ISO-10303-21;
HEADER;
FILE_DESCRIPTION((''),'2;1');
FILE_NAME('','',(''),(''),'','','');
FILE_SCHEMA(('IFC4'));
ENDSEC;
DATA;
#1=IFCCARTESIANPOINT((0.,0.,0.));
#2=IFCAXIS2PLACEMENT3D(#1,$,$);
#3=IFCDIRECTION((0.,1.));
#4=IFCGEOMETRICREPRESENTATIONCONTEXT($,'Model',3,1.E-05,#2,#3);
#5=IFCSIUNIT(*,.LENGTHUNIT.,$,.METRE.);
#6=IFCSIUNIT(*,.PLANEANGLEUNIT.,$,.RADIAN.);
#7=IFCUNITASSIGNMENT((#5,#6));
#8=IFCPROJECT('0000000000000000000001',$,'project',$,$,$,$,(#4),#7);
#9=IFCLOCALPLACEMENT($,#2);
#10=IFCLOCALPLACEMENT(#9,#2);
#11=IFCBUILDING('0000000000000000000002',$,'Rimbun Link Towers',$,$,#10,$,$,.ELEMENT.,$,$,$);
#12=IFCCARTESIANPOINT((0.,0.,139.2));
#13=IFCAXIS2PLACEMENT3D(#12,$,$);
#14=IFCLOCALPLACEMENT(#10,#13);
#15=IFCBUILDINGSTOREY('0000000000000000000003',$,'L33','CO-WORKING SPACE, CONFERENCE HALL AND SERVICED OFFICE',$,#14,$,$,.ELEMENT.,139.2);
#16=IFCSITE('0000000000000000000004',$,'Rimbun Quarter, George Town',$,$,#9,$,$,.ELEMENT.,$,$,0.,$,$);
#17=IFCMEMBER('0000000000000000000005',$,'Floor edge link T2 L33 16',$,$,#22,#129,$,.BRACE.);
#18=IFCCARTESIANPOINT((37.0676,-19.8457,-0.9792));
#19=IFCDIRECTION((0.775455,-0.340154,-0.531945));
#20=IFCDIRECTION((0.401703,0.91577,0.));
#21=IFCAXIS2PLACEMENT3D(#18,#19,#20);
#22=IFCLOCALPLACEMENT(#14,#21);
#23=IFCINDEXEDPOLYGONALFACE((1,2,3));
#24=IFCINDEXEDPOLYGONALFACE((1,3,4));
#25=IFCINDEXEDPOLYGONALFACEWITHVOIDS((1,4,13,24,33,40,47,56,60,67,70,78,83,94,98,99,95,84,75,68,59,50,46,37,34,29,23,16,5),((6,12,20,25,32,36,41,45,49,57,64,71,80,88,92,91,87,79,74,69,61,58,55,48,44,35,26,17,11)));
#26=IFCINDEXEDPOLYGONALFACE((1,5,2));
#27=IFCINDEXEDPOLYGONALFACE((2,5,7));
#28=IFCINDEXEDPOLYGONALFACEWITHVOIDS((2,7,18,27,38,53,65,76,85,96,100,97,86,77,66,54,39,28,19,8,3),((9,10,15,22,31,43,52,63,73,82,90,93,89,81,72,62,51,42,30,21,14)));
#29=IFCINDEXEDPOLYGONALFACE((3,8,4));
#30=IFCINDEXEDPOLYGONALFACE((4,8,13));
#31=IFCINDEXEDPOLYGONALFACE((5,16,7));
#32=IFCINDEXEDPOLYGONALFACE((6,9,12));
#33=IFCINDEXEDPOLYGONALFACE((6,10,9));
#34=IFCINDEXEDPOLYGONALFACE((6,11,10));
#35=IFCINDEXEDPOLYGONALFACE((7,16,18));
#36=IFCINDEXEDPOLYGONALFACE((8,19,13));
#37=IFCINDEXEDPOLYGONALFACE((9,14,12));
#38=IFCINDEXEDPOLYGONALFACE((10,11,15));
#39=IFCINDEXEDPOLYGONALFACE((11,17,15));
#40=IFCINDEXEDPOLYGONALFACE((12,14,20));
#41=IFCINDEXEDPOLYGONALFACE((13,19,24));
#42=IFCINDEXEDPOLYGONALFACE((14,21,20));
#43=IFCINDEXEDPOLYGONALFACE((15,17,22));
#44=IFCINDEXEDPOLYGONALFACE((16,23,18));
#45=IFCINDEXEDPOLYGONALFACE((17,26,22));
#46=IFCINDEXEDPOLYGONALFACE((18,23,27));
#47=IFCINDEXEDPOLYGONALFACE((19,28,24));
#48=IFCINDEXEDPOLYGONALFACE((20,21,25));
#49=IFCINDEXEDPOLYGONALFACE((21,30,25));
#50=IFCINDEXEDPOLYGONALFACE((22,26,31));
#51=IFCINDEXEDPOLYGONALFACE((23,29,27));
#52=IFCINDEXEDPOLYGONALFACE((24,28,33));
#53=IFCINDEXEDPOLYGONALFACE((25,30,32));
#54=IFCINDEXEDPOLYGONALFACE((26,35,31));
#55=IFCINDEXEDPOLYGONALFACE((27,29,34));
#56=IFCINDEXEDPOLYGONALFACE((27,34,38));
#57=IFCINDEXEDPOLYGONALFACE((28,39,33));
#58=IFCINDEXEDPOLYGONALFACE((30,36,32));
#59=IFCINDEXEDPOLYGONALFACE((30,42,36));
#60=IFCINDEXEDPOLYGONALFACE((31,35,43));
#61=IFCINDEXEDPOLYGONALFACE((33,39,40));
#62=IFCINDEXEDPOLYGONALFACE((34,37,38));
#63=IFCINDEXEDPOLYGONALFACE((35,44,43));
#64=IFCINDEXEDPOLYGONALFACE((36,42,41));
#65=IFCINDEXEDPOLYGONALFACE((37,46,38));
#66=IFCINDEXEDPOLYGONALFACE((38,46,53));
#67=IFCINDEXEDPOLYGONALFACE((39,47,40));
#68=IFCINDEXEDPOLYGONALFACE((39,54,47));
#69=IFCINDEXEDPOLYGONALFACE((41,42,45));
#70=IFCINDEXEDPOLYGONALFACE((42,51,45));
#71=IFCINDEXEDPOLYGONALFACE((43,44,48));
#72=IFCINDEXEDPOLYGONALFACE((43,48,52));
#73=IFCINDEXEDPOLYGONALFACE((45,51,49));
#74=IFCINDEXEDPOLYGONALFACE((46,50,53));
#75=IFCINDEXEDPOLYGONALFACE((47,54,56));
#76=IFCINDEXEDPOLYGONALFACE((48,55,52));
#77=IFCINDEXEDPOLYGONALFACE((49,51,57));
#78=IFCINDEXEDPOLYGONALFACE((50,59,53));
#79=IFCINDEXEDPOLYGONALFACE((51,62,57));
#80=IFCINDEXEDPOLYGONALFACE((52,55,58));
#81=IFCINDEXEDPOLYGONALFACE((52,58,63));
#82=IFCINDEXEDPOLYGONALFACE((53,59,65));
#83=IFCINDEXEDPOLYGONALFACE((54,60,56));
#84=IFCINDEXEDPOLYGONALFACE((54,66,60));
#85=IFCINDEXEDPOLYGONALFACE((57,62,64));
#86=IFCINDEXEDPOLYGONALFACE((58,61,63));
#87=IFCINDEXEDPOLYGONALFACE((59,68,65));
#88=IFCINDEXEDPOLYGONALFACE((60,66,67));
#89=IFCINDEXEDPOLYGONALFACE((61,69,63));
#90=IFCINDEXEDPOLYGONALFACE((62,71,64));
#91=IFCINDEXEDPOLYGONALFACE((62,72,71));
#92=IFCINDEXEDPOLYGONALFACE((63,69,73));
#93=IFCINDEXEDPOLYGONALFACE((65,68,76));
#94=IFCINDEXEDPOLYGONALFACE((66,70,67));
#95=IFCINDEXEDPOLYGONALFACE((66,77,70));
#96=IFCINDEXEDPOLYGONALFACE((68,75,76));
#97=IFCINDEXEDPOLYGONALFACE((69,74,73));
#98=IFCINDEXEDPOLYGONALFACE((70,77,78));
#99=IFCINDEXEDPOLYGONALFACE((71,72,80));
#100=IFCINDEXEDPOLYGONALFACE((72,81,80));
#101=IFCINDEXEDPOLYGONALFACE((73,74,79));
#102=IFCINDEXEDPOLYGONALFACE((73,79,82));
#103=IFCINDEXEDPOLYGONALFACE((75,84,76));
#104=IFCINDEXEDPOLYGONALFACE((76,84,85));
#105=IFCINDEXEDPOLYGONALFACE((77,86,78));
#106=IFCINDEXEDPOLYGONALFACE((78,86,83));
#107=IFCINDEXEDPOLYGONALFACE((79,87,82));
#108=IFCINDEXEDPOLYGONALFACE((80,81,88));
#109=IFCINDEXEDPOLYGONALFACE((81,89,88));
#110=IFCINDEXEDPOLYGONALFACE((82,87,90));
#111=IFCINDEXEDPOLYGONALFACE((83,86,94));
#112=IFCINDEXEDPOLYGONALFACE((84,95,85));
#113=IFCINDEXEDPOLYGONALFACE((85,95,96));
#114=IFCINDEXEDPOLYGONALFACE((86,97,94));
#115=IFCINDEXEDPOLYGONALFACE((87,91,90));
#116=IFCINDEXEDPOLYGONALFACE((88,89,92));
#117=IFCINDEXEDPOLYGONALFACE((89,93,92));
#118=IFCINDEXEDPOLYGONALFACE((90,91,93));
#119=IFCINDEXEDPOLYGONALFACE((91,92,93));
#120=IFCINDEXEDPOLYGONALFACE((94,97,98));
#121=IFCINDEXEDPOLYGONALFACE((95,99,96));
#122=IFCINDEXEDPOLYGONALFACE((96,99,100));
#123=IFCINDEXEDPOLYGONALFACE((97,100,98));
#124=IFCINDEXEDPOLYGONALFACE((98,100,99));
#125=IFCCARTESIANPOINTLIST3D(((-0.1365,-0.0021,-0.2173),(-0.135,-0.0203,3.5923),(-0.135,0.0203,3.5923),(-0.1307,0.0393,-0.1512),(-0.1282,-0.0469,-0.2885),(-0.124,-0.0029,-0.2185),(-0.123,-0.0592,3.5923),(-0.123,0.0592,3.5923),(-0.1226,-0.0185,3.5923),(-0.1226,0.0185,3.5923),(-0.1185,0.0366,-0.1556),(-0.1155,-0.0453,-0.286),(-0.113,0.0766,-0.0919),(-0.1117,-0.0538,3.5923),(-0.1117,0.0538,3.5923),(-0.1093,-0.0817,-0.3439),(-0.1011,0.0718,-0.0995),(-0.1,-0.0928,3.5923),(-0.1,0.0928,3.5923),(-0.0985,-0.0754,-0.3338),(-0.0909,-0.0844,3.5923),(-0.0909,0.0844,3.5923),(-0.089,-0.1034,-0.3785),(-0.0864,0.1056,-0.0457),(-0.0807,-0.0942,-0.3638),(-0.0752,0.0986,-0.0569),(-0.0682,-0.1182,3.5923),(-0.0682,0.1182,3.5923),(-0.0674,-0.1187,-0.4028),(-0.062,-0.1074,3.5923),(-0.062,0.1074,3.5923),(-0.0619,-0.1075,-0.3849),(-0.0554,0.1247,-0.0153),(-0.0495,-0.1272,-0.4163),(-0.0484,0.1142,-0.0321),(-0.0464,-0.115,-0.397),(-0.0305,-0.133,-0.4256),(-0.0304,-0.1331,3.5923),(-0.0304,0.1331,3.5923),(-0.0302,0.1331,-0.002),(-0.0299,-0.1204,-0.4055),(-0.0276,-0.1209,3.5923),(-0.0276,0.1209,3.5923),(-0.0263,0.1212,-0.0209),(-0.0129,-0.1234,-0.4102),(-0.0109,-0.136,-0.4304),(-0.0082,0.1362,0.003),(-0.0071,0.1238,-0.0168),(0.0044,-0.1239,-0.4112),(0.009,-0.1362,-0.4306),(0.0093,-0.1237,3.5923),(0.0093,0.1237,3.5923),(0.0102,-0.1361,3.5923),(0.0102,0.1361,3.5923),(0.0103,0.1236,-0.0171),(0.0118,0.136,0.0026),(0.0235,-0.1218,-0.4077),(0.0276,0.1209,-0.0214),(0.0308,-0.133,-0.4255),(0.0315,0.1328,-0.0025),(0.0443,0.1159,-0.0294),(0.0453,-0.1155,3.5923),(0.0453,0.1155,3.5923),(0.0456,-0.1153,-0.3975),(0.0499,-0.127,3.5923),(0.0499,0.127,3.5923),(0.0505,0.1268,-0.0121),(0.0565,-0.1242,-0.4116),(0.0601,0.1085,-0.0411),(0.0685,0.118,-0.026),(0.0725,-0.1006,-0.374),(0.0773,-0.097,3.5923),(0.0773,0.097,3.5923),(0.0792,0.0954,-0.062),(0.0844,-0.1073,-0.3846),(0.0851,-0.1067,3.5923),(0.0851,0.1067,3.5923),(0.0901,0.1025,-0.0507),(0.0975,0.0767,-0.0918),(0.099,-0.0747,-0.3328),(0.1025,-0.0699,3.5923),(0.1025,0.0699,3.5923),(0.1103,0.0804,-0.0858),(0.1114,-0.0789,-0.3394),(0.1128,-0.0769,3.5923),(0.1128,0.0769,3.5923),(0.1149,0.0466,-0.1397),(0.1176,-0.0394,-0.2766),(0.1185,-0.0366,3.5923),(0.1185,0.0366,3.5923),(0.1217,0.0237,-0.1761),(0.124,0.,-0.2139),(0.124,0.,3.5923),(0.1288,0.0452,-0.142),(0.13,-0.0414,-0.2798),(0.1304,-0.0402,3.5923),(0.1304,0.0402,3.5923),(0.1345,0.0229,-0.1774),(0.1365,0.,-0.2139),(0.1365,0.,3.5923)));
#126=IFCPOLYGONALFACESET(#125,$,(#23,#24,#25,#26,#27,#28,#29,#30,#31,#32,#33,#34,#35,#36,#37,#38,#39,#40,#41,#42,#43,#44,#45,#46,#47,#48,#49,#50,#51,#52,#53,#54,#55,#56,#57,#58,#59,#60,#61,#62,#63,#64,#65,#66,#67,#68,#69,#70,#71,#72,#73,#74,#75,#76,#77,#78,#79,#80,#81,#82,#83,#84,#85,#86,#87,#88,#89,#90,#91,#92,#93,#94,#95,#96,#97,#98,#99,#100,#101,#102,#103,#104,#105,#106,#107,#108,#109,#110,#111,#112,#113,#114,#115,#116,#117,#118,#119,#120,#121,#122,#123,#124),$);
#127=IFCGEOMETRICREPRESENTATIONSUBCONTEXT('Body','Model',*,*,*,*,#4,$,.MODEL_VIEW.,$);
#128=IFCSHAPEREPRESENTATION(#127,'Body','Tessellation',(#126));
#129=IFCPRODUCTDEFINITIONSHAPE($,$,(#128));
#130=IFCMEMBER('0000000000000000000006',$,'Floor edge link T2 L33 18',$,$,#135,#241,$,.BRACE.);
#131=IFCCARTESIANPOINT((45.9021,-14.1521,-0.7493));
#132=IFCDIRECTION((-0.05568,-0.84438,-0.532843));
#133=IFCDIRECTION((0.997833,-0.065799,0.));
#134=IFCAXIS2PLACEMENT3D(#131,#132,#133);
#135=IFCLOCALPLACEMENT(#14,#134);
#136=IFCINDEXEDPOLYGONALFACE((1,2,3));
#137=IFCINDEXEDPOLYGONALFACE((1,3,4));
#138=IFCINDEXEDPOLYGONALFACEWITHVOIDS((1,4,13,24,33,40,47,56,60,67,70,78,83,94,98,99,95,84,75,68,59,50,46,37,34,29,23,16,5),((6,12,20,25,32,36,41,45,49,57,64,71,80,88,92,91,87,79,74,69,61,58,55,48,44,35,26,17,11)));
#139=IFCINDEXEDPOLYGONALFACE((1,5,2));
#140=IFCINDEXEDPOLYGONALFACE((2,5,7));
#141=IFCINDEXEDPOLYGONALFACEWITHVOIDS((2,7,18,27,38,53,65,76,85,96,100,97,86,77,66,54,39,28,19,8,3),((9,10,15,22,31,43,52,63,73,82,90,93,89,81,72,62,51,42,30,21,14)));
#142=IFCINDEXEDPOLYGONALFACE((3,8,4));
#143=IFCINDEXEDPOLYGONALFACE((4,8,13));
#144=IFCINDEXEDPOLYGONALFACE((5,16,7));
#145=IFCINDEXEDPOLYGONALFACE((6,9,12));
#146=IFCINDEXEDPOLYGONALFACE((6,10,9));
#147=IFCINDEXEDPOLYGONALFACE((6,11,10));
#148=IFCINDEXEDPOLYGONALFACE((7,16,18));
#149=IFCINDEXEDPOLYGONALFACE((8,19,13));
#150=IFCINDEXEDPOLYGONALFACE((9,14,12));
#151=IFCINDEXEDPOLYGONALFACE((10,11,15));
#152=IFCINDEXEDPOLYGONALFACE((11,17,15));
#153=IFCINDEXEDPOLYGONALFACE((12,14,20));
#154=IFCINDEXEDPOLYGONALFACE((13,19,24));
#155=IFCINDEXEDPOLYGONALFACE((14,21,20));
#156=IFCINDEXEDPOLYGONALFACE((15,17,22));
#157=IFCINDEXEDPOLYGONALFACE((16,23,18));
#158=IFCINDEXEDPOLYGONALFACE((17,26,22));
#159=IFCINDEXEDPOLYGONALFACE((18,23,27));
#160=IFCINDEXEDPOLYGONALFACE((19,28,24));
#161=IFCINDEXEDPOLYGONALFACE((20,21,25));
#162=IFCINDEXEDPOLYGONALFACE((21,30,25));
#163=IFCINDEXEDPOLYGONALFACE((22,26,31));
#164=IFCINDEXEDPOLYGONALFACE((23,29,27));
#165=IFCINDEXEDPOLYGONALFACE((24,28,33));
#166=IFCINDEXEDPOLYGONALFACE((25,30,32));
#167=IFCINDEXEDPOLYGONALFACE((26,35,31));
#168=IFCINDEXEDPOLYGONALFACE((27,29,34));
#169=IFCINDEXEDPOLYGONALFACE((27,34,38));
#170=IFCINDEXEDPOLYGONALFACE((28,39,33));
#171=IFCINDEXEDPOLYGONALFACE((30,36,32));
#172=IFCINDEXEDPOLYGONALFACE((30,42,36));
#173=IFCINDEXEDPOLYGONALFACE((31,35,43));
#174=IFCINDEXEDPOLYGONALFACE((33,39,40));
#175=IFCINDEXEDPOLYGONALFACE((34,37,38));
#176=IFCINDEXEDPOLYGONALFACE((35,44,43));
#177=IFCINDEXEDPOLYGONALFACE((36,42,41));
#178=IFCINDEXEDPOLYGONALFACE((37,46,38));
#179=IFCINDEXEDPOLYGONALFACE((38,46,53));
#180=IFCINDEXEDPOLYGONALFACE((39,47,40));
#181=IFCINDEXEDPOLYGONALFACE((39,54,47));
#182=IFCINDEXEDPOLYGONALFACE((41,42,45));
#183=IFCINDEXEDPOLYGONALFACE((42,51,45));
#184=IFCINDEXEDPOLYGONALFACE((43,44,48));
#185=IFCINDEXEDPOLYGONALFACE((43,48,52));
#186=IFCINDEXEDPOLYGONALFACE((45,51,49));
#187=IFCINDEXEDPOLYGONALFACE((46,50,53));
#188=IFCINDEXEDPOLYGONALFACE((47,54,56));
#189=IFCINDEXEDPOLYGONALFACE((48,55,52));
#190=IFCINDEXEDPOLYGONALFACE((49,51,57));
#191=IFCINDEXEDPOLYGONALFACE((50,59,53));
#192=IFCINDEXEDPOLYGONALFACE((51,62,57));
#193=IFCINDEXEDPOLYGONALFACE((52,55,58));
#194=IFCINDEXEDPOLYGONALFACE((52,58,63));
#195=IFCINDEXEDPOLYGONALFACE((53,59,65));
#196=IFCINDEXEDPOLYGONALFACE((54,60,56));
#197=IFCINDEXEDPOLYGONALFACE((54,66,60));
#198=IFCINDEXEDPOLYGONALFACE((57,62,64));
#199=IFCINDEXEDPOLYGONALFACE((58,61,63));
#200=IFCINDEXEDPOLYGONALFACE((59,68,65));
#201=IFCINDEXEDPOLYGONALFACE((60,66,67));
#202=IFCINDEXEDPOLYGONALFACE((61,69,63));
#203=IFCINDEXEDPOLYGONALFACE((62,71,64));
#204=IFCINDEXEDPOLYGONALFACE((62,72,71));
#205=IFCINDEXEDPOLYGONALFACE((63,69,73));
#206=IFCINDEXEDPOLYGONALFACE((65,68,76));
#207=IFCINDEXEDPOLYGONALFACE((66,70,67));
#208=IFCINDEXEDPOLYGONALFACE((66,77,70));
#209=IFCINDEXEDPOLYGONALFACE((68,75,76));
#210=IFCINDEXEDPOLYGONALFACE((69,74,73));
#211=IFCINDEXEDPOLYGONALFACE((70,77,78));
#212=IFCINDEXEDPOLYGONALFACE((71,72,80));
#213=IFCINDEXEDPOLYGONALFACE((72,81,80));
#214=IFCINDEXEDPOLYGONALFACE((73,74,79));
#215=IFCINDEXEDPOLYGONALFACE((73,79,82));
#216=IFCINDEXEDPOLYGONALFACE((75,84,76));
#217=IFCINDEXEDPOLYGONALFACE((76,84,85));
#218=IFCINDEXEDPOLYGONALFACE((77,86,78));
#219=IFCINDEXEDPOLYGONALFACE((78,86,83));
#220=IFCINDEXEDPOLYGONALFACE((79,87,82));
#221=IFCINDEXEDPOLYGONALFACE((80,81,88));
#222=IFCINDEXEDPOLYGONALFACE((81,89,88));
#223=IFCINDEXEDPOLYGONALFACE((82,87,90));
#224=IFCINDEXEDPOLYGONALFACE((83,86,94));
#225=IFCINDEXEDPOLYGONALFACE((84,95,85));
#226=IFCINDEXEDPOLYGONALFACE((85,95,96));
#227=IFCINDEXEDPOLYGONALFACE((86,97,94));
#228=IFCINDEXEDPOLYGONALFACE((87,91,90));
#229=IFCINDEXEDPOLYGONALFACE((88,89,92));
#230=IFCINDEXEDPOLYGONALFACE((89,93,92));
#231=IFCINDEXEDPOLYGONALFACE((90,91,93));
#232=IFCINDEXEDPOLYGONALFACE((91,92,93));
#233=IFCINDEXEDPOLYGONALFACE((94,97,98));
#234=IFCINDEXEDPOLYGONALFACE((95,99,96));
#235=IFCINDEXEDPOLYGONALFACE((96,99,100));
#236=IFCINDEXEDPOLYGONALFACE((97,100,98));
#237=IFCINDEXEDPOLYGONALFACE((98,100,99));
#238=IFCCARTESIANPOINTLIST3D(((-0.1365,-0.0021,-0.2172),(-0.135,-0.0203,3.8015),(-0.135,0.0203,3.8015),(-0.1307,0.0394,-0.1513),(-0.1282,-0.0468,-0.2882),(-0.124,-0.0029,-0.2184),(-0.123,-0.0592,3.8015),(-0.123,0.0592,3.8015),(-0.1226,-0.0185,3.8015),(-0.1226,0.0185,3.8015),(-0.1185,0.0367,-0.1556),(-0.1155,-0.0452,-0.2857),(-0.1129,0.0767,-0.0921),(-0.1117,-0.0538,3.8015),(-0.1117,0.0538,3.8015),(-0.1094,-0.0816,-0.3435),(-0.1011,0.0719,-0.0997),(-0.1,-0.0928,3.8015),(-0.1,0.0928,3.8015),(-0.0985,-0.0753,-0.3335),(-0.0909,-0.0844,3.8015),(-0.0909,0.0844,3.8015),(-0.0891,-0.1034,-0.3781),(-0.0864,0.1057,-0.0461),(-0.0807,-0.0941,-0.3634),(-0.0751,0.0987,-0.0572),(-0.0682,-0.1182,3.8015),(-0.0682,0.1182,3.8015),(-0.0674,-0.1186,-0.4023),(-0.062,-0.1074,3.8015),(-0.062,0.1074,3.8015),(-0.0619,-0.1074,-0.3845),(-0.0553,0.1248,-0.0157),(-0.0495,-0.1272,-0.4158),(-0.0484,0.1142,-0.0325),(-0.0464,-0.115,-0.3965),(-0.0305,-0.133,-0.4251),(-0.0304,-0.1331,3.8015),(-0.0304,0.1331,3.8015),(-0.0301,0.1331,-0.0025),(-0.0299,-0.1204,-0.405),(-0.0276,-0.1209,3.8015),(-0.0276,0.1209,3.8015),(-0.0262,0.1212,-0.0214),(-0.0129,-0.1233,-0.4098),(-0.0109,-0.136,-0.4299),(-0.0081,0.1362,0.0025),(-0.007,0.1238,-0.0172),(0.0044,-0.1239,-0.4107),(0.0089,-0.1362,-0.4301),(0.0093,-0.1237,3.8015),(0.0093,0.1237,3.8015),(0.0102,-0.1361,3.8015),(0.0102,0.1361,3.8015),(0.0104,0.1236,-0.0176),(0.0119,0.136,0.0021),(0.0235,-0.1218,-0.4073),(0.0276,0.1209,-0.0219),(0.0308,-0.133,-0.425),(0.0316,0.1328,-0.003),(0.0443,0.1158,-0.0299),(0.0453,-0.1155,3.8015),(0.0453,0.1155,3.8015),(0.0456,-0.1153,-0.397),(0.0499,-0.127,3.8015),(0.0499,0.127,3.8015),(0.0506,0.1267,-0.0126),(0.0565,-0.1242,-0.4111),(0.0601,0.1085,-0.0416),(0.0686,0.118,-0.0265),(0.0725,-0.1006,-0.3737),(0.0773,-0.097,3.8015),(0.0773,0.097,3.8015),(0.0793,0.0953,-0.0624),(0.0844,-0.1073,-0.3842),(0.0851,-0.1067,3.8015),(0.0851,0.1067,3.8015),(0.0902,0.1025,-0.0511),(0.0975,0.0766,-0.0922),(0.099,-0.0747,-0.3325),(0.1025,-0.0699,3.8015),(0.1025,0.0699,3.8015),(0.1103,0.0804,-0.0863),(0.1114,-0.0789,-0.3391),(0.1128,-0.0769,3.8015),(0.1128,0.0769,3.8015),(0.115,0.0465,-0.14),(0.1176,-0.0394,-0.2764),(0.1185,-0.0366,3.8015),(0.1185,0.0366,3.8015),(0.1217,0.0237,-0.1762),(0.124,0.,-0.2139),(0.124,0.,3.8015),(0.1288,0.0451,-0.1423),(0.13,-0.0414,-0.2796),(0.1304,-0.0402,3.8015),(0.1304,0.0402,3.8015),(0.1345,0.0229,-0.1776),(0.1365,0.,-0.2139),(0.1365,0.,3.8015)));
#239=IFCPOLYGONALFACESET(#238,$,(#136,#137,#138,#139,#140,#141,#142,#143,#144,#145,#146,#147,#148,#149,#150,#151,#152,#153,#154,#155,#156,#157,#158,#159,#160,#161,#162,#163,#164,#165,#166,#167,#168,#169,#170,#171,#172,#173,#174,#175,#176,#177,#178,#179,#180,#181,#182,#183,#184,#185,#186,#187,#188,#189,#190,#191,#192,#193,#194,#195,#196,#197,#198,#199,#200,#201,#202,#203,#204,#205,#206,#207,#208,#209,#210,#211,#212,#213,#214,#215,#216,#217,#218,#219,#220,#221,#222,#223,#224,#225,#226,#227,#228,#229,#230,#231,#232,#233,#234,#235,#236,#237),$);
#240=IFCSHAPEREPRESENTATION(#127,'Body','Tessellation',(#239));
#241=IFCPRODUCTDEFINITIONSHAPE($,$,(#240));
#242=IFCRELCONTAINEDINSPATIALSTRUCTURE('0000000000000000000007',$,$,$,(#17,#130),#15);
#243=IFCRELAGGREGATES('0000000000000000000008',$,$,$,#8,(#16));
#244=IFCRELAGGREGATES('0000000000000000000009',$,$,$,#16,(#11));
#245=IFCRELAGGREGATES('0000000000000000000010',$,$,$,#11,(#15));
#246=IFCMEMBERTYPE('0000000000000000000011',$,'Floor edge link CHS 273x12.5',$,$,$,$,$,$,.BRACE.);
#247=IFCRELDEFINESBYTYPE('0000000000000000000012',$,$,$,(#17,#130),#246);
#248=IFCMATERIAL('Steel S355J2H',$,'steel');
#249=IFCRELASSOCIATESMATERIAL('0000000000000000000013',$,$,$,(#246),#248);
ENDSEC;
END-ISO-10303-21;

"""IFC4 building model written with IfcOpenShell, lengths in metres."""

from ifc_helpers import new_model, si_unit, direction, frame, origin, origin_2d, place, context, subcontext, project, spatial, hollow_circle, extrude, clip, halfspace, material, material_profile, profile_set, type_object, element, save


model = new_model("IFC4")

# Units and contexts
model_context = context("Model", 3, precision=1e-05, world=origin(), true_north=direction((0.0, 1.0)))
body_context = subcontext(model_context, "Body", "Model", "MODEL_VIEW")
ifc_project = project(units=[si_unit("LENGTHUNIT", "METRE"), si_unit("PLANEANGLEUNIT", "RADIAN")], contexts=[model_context])

# Site, building, storey
site_placement = place(None, origin())
site = spatial("IfcSite", under=ifc_project, at=site_placement, Name="Rimbun Quarter, George Town", CompositionType="ELEMENT", RefElevation=0.0)
building_placement = place(site_placement, origin())
building = spatial("IfcBuilding", under=site, at=building_placement, Name="Rimbun Link Towers", CompositionType="ELEMENT")
storey_placement = place(building_placement, frame((0.0, 0.0, 139.2)))
storey = spatial("IfcBuildingStorey", under=building, at=storey_placement, Name="L33", Description="CO-WORKING SPACE, CONFERENCE HALL AND SERVICED OFFICE", CompositionType="ELEMENT", Elevation=139.2)

# Members
ifc_material_1 = material(Name="Steel S355J2H", Category="steel")
ifc_material_profile_1 = material_profile(ifc_material_1, hollow_circle(Radius=0.1365, WallThickness=0.0125, at=origin_2d()), Name="CHS 273x12.5")
ifc_profile_set_1 = profile_set([ifc_material_profile_1], Name="Steel S355J2H")
member_type_1 = type_object("IfcMemberType", Name="Floor edge link CHS 273x12.5", PredefinedType="BRACE", material=ifc_profile_set_1)
member_1_placement = place(storey_placement, frame((37.0676, -19.8457, -0.9792), z_axis=(0.775455, -0.340154, -0.531945), x_axis=(0.401703, 0.91577, 0.0)))
element("IfcMember", 1, at=member_1_placement, inside=storey, type_object=member_type_1, Name="Floor edge link T2 L33 16", PredefinedType="BRACE", context=body_context, shape_type="Clipping", body=[
    clip(extrude(hollow_circle(Radius=0.1365, WallThickness=0.0125, at=origin_2d()), frame((0.0, 0.0, -0.4534)), (0.0, 0.0, 1.0), 4.0457), halfspace(frame((0.0, 0.0, -0.2139), z_axis=(0.0, 0.846779, -0.531945)), False)),
])
member_2_placement = place(storey_placement, frame((45.9021, -14.1521, -0.7493), z_axis=(-0.05568, -0.84438, -0.532843), x_axis=(0.997833, -0.065799, 0.0)))
element("IfcMember", 2, at=member_2_placement, inside=storey, type_object=member_type_1, Name="Floor edge link T2 L33 18", PredefinedType="BRACE", context=body_context, shape_type="Clipping", body=[
    clip(extrude(hollow_circle(Radius=0.1365, WallThickness=0.0125, at=origin_2d()), frame((0.0, 0.0, -0.4524)), (0.0, 0.0, 1.0), 4.2539), halfspace(frame((0.0, 0.0, -0.2139), z_axis=(0.0, 0.846214, -0.532843)), False)),
])

save(model, "model.ifc")
